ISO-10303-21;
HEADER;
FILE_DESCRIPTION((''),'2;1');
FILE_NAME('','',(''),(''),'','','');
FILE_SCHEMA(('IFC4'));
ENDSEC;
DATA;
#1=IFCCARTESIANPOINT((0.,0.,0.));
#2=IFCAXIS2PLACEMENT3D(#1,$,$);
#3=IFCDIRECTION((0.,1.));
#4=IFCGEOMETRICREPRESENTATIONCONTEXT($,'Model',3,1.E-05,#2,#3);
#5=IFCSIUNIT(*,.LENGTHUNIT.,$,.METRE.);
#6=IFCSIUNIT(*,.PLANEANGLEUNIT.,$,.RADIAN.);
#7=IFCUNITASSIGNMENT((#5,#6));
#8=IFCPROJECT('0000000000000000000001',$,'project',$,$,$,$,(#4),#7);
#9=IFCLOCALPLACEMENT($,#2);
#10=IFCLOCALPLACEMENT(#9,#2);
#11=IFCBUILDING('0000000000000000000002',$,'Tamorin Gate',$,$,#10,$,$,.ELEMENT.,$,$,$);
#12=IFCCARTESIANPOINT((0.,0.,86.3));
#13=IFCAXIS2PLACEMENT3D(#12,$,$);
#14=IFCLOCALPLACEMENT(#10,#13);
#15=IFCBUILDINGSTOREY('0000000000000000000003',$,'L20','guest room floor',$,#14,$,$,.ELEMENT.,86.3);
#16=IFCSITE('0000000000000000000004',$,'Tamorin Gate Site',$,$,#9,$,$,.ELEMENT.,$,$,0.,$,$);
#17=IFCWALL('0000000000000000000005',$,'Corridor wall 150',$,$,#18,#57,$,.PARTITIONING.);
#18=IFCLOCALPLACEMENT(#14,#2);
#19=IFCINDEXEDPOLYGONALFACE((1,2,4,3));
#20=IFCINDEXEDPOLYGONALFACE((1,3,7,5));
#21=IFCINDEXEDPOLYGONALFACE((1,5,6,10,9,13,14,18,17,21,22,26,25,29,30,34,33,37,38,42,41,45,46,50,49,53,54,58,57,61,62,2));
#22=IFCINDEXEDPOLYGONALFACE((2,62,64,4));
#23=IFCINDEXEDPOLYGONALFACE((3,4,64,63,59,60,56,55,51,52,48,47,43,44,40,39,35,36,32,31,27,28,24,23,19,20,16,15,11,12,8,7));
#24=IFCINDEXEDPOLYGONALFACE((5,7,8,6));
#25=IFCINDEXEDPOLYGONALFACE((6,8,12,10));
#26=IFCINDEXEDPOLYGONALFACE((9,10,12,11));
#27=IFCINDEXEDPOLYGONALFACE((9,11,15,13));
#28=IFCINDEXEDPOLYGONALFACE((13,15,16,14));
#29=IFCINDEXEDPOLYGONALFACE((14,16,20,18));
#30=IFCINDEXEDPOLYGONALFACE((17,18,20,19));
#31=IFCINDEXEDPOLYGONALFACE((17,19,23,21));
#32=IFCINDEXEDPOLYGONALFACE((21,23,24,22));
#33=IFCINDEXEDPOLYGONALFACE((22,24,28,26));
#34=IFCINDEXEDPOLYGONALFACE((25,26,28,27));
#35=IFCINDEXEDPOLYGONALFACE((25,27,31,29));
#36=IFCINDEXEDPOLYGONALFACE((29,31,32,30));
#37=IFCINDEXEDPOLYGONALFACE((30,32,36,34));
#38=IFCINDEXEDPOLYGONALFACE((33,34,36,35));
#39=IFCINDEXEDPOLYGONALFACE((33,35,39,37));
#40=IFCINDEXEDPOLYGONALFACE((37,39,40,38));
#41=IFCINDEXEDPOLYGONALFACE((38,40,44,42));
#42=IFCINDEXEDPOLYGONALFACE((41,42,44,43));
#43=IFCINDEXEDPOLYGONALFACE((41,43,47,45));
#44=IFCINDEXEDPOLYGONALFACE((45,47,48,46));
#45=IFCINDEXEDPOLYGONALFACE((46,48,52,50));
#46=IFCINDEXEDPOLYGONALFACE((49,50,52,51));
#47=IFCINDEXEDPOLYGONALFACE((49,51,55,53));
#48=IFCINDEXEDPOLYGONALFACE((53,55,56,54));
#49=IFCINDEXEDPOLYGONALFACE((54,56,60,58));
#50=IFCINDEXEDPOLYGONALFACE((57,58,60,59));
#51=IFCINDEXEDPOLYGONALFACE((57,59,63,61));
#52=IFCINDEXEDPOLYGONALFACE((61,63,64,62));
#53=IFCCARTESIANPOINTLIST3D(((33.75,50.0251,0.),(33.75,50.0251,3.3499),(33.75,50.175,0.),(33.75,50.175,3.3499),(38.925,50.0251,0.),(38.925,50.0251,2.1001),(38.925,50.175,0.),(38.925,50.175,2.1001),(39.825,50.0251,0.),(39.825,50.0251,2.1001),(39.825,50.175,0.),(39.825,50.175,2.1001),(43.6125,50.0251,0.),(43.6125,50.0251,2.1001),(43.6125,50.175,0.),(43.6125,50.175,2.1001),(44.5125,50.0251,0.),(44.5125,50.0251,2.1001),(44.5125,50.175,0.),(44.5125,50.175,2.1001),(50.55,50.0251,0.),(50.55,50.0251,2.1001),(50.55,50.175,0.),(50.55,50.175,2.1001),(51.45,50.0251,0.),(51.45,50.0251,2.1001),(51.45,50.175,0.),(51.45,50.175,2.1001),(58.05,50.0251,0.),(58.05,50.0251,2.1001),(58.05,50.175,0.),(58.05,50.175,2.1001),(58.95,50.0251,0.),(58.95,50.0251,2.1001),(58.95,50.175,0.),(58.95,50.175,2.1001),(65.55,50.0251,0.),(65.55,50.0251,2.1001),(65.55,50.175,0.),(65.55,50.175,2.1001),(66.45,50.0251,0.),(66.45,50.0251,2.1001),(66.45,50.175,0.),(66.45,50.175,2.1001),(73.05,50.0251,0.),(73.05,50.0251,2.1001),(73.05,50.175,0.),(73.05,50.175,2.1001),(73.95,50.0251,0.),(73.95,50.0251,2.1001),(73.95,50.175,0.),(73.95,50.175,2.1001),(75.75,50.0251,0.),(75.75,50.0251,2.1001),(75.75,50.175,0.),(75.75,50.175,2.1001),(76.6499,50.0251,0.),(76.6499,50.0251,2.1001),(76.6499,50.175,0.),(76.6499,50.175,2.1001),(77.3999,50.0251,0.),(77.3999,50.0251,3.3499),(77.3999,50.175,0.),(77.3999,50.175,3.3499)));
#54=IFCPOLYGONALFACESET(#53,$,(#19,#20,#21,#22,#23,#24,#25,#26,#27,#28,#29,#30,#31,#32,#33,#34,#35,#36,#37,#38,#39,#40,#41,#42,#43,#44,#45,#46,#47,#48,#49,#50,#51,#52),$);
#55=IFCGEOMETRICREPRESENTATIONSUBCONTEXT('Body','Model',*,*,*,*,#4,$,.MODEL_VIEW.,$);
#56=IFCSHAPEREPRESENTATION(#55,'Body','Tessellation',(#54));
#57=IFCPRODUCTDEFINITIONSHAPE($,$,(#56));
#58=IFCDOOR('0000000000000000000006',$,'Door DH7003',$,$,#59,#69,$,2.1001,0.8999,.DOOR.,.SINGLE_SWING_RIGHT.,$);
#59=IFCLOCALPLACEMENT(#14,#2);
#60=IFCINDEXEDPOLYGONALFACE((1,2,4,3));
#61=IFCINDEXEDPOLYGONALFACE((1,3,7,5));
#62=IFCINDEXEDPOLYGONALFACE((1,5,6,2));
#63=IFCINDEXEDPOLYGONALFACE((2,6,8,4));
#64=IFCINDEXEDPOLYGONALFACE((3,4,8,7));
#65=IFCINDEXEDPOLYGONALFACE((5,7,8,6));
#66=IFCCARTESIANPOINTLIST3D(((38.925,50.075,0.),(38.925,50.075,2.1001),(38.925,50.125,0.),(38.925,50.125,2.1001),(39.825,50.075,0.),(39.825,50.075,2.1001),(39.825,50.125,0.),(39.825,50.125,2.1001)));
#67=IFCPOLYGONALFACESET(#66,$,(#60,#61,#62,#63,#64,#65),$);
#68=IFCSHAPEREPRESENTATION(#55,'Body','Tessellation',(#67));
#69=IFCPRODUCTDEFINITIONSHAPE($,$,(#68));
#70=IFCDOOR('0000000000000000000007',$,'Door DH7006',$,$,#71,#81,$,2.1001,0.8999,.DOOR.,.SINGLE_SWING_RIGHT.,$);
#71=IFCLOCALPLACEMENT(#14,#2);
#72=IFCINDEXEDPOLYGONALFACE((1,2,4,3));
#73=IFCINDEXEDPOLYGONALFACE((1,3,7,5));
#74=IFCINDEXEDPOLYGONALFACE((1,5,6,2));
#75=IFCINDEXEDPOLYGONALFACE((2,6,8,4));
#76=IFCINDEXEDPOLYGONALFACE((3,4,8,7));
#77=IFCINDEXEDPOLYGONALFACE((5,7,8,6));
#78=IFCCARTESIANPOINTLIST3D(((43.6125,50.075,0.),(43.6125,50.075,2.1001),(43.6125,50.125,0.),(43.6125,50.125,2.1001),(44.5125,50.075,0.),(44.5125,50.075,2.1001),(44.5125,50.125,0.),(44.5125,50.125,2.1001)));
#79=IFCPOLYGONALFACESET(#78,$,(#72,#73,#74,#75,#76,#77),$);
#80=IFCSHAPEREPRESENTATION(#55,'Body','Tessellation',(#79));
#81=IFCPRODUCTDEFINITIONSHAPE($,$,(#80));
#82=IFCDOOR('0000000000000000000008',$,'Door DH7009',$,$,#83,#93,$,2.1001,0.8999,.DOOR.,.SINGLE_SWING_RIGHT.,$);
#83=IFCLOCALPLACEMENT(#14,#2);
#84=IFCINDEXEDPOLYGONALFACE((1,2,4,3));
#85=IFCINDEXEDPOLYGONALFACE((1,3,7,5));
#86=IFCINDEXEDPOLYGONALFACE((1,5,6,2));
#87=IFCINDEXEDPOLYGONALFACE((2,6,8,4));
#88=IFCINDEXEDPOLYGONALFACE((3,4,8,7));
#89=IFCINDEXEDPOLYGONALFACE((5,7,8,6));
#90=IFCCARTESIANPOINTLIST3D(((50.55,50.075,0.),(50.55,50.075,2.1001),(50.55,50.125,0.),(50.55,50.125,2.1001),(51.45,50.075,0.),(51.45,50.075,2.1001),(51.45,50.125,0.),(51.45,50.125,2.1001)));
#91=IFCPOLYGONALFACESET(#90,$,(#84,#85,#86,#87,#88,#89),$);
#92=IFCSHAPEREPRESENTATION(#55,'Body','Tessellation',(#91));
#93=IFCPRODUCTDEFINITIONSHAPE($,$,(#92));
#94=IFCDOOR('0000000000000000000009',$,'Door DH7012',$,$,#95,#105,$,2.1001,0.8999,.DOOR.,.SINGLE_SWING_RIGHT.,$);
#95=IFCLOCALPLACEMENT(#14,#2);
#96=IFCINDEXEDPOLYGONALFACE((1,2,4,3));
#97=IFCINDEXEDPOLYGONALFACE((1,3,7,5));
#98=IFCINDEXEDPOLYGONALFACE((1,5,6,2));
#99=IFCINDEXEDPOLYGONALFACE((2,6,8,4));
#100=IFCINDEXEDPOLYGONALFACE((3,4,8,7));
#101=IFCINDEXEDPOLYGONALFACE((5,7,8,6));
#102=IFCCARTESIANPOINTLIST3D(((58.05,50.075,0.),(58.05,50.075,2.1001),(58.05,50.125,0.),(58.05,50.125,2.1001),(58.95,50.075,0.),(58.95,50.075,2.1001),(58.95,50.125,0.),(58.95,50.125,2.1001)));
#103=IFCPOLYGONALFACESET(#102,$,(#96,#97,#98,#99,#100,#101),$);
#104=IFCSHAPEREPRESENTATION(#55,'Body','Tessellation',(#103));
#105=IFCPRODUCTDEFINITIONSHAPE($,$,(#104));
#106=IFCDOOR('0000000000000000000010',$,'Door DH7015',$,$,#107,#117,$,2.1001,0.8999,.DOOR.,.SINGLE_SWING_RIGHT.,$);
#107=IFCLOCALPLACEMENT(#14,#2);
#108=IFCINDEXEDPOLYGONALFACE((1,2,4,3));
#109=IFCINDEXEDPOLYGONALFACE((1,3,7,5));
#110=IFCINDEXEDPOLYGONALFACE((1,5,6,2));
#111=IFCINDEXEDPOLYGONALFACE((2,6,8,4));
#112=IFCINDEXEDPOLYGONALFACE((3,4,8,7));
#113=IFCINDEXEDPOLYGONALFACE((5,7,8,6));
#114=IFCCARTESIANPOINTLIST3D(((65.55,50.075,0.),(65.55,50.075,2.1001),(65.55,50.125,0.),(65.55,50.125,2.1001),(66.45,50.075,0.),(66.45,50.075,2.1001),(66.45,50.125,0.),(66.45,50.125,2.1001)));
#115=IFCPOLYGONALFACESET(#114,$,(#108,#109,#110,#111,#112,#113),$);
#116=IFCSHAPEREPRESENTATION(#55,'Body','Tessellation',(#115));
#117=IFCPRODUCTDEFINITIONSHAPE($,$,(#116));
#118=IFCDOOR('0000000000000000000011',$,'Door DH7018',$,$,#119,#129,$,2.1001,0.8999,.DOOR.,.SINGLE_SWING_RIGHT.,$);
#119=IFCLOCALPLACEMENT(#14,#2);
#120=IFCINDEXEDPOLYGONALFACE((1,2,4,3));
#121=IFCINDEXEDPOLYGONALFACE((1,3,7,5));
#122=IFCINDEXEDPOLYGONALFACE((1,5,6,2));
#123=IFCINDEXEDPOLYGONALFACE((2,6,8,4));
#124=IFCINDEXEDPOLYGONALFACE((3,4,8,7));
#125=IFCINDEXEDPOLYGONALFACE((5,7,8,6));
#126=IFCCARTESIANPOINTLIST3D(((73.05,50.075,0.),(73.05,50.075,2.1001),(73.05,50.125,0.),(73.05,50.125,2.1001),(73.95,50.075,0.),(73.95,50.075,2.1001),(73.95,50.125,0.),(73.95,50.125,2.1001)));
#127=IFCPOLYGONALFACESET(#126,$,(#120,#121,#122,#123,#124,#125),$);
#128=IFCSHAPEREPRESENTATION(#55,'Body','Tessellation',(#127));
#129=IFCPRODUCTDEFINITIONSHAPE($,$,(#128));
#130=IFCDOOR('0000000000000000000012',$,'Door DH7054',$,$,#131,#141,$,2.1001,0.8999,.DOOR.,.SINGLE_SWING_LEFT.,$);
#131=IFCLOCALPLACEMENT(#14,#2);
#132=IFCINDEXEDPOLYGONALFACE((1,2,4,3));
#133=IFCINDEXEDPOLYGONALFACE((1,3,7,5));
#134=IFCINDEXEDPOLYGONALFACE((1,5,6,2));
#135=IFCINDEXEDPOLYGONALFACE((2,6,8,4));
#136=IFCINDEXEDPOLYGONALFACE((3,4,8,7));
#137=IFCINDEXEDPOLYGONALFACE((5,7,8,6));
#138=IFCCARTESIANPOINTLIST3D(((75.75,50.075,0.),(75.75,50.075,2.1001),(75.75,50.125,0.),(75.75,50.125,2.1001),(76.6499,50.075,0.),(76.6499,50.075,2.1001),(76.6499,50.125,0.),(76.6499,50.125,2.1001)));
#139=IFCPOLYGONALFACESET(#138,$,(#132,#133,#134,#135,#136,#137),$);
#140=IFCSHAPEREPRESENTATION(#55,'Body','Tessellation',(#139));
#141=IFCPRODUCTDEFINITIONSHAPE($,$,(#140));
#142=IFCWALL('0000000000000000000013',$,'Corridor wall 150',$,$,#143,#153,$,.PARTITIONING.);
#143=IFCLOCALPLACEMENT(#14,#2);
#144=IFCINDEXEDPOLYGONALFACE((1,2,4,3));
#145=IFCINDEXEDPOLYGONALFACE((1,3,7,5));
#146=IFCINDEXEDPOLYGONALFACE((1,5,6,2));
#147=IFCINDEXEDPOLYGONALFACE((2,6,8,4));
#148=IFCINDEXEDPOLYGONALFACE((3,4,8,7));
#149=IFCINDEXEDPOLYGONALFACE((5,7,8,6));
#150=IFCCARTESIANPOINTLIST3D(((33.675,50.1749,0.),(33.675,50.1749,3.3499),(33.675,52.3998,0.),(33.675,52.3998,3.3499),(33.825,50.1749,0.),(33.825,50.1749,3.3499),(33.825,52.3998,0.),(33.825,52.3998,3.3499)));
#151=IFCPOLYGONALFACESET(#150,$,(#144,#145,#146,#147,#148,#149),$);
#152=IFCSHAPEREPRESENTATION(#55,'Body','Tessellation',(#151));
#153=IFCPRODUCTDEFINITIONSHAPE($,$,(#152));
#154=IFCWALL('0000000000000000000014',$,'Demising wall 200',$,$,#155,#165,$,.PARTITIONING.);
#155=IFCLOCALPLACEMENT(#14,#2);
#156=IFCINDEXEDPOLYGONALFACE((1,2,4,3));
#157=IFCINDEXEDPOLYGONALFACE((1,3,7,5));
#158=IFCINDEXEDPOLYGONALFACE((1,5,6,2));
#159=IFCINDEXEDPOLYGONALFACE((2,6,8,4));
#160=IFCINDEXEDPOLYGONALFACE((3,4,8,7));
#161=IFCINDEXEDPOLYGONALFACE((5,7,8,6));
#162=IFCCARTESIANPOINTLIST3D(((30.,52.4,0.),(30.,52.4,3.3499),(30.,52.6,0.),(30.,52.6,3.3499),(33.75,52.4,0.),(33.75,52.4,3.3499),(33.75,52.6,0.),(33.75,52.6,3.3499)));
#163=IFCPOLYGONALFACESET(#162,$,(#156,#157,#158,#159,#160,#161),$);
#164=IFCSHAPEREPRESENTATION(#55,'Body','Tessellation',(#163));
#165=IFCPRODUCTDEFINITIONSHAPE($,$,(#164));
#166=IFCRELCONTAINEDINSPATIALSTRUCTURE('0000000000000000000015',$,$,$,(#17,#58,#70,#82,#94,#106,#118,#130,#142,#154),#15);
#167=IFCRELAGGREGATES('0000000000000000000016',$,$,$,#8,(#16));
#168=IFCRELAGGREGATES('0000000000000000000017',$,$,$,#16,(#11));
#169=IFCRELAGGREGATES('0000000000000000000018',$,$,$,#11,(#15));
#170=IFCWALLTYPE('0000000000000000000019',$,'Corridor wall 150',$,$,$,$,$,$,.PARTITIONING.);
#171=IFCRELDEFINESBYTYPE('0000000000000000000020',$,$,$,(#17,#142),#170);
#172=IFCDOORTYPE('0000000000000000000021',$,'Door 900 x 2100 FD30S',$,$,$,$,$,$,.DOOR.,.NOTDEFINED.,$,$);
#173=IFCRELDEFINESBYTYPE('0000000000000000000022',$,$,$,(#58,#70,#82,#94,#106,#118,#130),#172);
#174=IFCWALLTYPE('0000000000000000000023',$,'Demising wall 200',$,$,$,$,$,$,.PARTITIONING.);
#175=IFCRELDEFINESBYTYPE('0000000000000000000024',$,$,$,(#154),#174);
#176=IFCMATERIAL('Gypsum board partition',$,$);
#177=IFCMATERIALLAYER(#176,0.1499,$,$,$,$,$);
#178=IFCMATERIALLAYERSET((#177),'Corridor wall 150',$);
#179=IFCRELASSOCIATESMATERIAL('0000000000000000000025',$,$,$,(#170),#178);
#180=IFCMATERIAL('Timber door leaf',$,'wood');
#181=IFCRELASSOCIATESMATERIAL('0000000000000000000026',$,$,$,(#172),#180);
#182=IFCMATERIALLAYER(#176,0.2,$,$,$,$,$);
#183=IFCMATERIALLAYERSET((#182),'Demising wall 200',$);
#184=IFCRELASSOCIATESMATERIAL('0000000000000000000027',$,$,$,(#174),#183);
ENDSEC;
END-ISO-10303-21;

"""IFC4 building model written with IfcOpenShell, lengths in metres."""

from ifc_helpers import new_model, si_unit, direction, frame, frame_2d, origin, place, context, subcontext, project, spatial, rectangle, extrude, material, layer, layer_set, type_object, element, fill, save


model = new_model("IFC4")

# Units and contexts
model_context = context("Model", 3, precision=1e-05, world=origin(), true_north=direction((0.0, 1.0)))
body_context = subcontext(model_context, "Body", "Model", "MODEL_VIEW")
ifc_project = project(units=[si_unit("LENGTHUNIT", "METRE"), si_unit("PLANEANGLEUNIT", "RADIAN")], contexts=[model_context])

# Site, building, storey
site_placement = place(None, origin())
site = spatial("IfcSite", under=ifc_project, at=site_placement, Name="Tamorin Gate Site", CompositionType="ELEMENT", RefElevation=0.0)
building_placement = place(site_placement, origin())
building = spatial("IfcBuilding", under=site, at=building_placement, Name="Tamorin Gate", CompositionType="ELEMENT")
storey_placement = place(building_placement, frame((0.0, 0.0, 86.3)))
storey = spatial("IfcBuildingStorey", under=building, at=storey_placement, Name="L20", Description="guest room floor", CompositionType="ELEMENT", Elevation=86.3)

# Wall, openings, doors
ifc_material_1 = material(Name="Gypsum board partition")
ifc_layer_1 = layer(ifc_material_1, 0.1499)
ifc_layer_set_1 = layer_set([ifc_layer_1], Name="Corridor wall 150")
wall_type_1 = type_object("IfcWallType", Name="Corridor wall 150", PredefinedType="PARTITIONING", material=ifc_layer_set_1)
wall_1_placement = place(storey_placement, frame((33.75, 50.1001, 0.0), z_axis=(0.0, 0.0, 1.0), x_axis=(1.0, 0.0, 0.0)))
wall_1 = element("IfcWall", 1, at=wall_1_placement, inside=storey, type_object=wall_type_1, Name="Corridor wall 150", PredefinedType="PARTITIONING", context=body_context, shape_type="SweptSolid", body=[
    extrude(rectangle(XDim=43.6499, YDim=0.1499, at=frame_2d((21.825, 0.0))), origin(), (0.0, 0.0, 1.0), 3.3499),
])
opening_1_placement = place(wall_1_placement, frame((5.175, 0.0, 0.0)))
opening_1 = element("IfcOpeningElement", 2, at=opening_1_placement, cuts=wall_1, PredefinedType="OPENING", context=body_context, shape_type="SweptSolid", body=[
    extrude(rectangle(XDim=0.8999, YDim=2.1001, at=frame_2d((0.45, 1.05))), frame((0.0, 0.085, 0.0), z_axis=(0.0, -1.0, 0.0), x_axis=(1.0, 0.0, 0.0)), (0.0, 0.0, 1.0), 0.1699),
])
opening_2_placement = place(wall_1_placement, frame((9.8625, 0.0, 0.0)))
opening_2 = element("IfcOpeningElement", 3, at=opening_2_placement, cuts=wall_1, PredefinedType="OPENING", context=body_context, shape_type="SweptSolid", body=[
    extrude(rectangle(XDim=0.8999, YDim=2.1001, at=frame_2d((0.45, 1.05))), frame((0.0, 0.085, 0.0), z_axis=(0.0, -1.0, 0.0), x_axis=(1.0, 0.0, 0.0)), (0.0, 0.0, 1.0), 0.1699),
])
opening_3_placement = place(wall_1_placement, frame((16.8, 0.0, 0.0)))
opening_3 = element("IfcOpeningElement", 4, at=opening_3_placement, cuts=wall_1, PredefinedType="OPENING", context=body_context, shape_type="SweptSolid", body=[
    extrude(rectangle(XDim=0.8999, YDim=2.1001, at=frame_2d((0.45, 1.05))), frame((0.0, 0.085, 0.0), z_axis=(0.0, -1.0, 0.0), x_axis=(1.0, 0.0, 0.0)), (0.0, 0.0, 1.0), 0.1699),
])
opening_4_placement = place(wall_1_placement, frame((24.3, 0.0, 0.0)))
opening_4 = element("IfcOpeningElement", 5, at=opening_4_placement, cuts=wall_1, PredefinedType="OPENING", context=body_context, shape_type="SweptSolid", body=[
    extrude(rectangle(XDim=0.8999, YDim=2.1001, at=frame_2d((0.45, 1.05))), frame((0.0, 0.085, 0.0), z_axis=(0.0, -1.0, 0.0), x_axis=(1.0, 0.0, 0.0)), (0.0, 0.0, 1.0), 0.1699),
])
opening_5_placement = place(wall_1_placement, frame((31.8, 0.0, 0.0)))
opening_5 = element("IfcOpeningElement", 6, at=opening_5_placement, cuts=wall_1, PredefinedType="OPENING", context=body_context, shape_type="SweptSolid", body=[
    extrude(rectangle(XDim=0.8999, YDim=2.1001, at=frame_2d((0.45, 1.05))), frame((0.0, 0.085, 0.0), z_axis=(0.0, -1.0, 0.0), x_axis=(1.0, 0.0, 0.0)), (0.0, 0.0, 1.0), 0.1699),
])
opening_6_placement = place(wall_1_placement, frame((39.3, 0.0, 0.0)))
opening_6 = element("IfcOpeningElement", 7, at=opening_6_placement, cuts=wall_1, PredefinedType="OPENING", context=body_context, shape_type="SweptSolid", body=[
    extrude(rectangle(XDim=0.8999, YDim=2.1001, at=frame_2d((0.45, 1.05))), frame((0.0, 0.085, 0.0), z_axis=(0.0, -1.0, 0.0), x_axis=(1.0, 0.0, 0.0)), (0.0, 0.0, 1.0), 0.1699),
])
opening_7_placement = place(wall_1_placement, frame((42.0, 0.0, 0.0)))
opening_7 = element("IfcOpeningElement", 8, at=opening_7_placement, cuts=wall_1, PredefinedType="OPENING", context=body_context, shape_type="SweptSolid", body=[
    extrude(rectangle(XDim=0.8999, YDim=2.1001, at=frame_2d((0.45, 1.05))), frame((0.0, 0.085, 0.0), z_axis=(0.0, -1.0, 0.0), x_axis=(1.0, 0.0, 0.0)), (0.0, 0.0, 1.0), 0.1699),
])
ifc_material_2 = material(Name="Timber door leaf", Category="wood")
door_type = type_object("IfcDoorType", Name="Door 900 x 2100 FD30S", OperationType="NOTDEFINED", PredefinedType="DOOR", material=ifc_material_2)
door_1_placement = place(opening_1_placement, origin())
door_1 = element("IfcDoor", 9, at=door_1_placement, inside=storey, type_object=door_type, Name="Door DH7003", OperationType="SINGLE_SWING_RIGHT", OverallHeight=2.1001, OverallWidth=0.8999, PredefinedType="DOOR", context=body_context, shape_type="SweptSolid", body=[
    extrude(rectangle(XDim=0.8999, YDim=2.1001, at=frame_2d((0.45, 1.05))), frame((0.0, 0.0249, 0.0), z_axis=(0.0, -1.0, 0.0), x_axis=(1.0, 0.0, 0.0)), (0.0, 0.0, 1.0), 0.05),
])
fill(opening_1, door_1)
door_2_placement = place(opening_2_placement, origin())
door_2 = element("IfcDoor", 10, at=door_2_placement, inside=storey, type_object=door_type, Name="Door DH7006", OperationType="SINGLE_SWING_RIGHT", OverallHeight=2.1001, OverallWidth=0.8999, PredefinedType="DOOR", context=body_context, shape_type="SweptSolid", body=[
    extrude(rectangle(XDim=0.8999, YDim=2.1001, at=frame_2d((0.45, 1.05))), frame((0.0, 0.0249, 0.0), z_axis=(0.0, -1.0, 0.0), x_axis=(1.0, 0.0, 0.0)), (0.0, 0.0, 1.0), 0.05),
])
fill(opening_2, door_2)
door_3_placement = place(opening_3_placement, origin())
door_3 = element("IfcDoor", 11, at=door_3_placement, inside=storey, type_object=door_type, Name="Door DH7009", OperationType="SINGLE_SWING_RIGHT", OverallHeight=2.1001, OverallWidth=0.8999, PredefinedType="DOOR", context=body_context, shape_type="SweptSolid", body=[
    extrude(rectangle(XDim=0.8999, YDim=2.1001, at=frame_2d((0.45, 1.05))), frame((0.0, 0.0249, 0.0), z_axis=(0.0, -1.0, 0.0), x_axis=(1.0, 0.0, 0.0)), (0.0, 0.0, 1.0), 0.05),
])
fill(opening_3, door_3)
door_4_placement = place(opening_4_placement, origin())
door_4 = element("IfcDoor", 12, at=door_4_placement, inside=storey, type_object=door_type, Name="Door DH7012", OperationType="SINGLE_SWING_RIGHT", OverallHeight=2.1001, OverallWidth=0.8999, PredefinedType="DOOR", context=body_context, shape_type="SweptSolid", body=[
    extrude(rectangle(XDim=0.8999, YDim=2.1001, at=frame_2d((0.45, 1.05))), frame((0.0, 0.0249, 0.0), z_axis=(0.0, -1.0, 0.0), x_axis=(1.0, 0.0, 0.0)), (0.0, 0.0, 1.0), 0.05),
])
fill(opening_4, door_4)
door_5_placement = place(opening_5_placement, origin())
door_5 = element("IfcDoor", 13, at=door_5_placement, inside=storey, type_object=door_type, Name="Door DH7015", OperationType="SINGLE_SWING_RIGHT", OverallHeight=2.1001, OverallWidth=0.8999, PredefinedType="DOOR", context=body_context, shape_type="SweptSolid", body=[
    extrude(rectangle(XDim=0.8999, YDim=2.1001, at=frame_2d((0.45, 1.05))), frame((0.0, 0.0249, 0.0), z_axis=(0.0, -1.0, 0.0), x_axis=(1.0, 0.0, 0.0)), (0.0, 0.0, 1.0), 0.05),
])
fill(opening_5, door_5)
door_6_placement = place(opening_6_placement, origin())
door_6 = element("IfcDoor", 14, at=door_6_placement, inside=storey, type_object=door_type, Name="Door DH7018", OperationType="SINGLE_SWING_RIGHT", OverallHeight=2.1001, OverallWidth=0.8999, PredefinedType="DOOR", context=body_context, shape_type="SweptSolid", body=[
    extrude(rectangle(XDim=0.8999, YDim=2.1001, at=frame_2d((0.45, 1.05))), frame((0.0, 0.0249, 0.0), z_axis=(0.0, -1.0, 0.0), x_axis=(1.0, 0.0, 0.0)), (0.0, 0.0, 1.0), 0.05),
])
fill(opening_6, door_6)
door_7_placement = place(opening_7_placement, origin())
door_7 = element("IfcDoor", 15, at=door_7_placement, inside=storey, type_object=door_type, Name="Door DH7054", OperationType="SINGLE_SWING_LEFT", OverallHeight=2.1001, OverallWidth=0.8999, PredefinedType="DOOR", context=body_context, shape_type="SweptSolid", body=[
    extrude(rectangle(XDim=0.8999, YDim=2.1001, at=frame_2d((0.45, 1.05))), frame((0.0, 0.0249, 0.0), z_axis=(0.0, -1.0, 0.0), x_axis=(1.0, 0.0, 0.0)), (0.0, 0.0, 1.0), 0.05),
])
fill(opening_7, door_7)

# Walls
wall_2_placement = place(storey_placement, frame((33.75, 50.175, 0.0), z_axis=(0.0, 0.0, 1.0), x_axis=(0.0, 1.0, 0.0)))
element("IfcWall", 16, at=wall_2_placement, inside=storey, type_object=wall_type_1, Name="Corridor wall 150", PredefinedType="PARTITIONING", context=body_context, shape_type="SweptSolid", body=[
    extrude(rectangle(XDim=2.2249, YDim=0.1499, at=frame_2d((1.1123, 0.0))), origin(), (0.0, 0.0, 1.0), 3.3499),
])
ifc_layer_2 = layer(ifc_material_1, 0.2)
ifc_layer_set_2 = layer_set([ifc_layer_2], Name="Demising wall 200")
wall_type_2 = type_object("IfcWallType", Name="Demising wall 200", PredefinedType="PARTITIONING", material=ifc_layer_set_2)
wall_3_placement = place(storey_placement, frame((30.0, 52.5, 0.0), z_axis=(0.0, 0.0, 1.0), x_axis=(1.0, 0.0, 0.0)))
element("IfcWall", 17, at=wall_3_placement, inside=storey, type_object=wall_type_2, Name="Demising wall 200", PredefinedType="PARTITIONING", context=body_context, shape_type="SweptSolid", body=[
    extrude(rectangle(XDim=3.75, YDim=0.2, at=frame_2d((1.875, 0.0))), origin(), (0.0, 0.0, 1.0), 3.3499),
])

save(model, "model.ifc")
